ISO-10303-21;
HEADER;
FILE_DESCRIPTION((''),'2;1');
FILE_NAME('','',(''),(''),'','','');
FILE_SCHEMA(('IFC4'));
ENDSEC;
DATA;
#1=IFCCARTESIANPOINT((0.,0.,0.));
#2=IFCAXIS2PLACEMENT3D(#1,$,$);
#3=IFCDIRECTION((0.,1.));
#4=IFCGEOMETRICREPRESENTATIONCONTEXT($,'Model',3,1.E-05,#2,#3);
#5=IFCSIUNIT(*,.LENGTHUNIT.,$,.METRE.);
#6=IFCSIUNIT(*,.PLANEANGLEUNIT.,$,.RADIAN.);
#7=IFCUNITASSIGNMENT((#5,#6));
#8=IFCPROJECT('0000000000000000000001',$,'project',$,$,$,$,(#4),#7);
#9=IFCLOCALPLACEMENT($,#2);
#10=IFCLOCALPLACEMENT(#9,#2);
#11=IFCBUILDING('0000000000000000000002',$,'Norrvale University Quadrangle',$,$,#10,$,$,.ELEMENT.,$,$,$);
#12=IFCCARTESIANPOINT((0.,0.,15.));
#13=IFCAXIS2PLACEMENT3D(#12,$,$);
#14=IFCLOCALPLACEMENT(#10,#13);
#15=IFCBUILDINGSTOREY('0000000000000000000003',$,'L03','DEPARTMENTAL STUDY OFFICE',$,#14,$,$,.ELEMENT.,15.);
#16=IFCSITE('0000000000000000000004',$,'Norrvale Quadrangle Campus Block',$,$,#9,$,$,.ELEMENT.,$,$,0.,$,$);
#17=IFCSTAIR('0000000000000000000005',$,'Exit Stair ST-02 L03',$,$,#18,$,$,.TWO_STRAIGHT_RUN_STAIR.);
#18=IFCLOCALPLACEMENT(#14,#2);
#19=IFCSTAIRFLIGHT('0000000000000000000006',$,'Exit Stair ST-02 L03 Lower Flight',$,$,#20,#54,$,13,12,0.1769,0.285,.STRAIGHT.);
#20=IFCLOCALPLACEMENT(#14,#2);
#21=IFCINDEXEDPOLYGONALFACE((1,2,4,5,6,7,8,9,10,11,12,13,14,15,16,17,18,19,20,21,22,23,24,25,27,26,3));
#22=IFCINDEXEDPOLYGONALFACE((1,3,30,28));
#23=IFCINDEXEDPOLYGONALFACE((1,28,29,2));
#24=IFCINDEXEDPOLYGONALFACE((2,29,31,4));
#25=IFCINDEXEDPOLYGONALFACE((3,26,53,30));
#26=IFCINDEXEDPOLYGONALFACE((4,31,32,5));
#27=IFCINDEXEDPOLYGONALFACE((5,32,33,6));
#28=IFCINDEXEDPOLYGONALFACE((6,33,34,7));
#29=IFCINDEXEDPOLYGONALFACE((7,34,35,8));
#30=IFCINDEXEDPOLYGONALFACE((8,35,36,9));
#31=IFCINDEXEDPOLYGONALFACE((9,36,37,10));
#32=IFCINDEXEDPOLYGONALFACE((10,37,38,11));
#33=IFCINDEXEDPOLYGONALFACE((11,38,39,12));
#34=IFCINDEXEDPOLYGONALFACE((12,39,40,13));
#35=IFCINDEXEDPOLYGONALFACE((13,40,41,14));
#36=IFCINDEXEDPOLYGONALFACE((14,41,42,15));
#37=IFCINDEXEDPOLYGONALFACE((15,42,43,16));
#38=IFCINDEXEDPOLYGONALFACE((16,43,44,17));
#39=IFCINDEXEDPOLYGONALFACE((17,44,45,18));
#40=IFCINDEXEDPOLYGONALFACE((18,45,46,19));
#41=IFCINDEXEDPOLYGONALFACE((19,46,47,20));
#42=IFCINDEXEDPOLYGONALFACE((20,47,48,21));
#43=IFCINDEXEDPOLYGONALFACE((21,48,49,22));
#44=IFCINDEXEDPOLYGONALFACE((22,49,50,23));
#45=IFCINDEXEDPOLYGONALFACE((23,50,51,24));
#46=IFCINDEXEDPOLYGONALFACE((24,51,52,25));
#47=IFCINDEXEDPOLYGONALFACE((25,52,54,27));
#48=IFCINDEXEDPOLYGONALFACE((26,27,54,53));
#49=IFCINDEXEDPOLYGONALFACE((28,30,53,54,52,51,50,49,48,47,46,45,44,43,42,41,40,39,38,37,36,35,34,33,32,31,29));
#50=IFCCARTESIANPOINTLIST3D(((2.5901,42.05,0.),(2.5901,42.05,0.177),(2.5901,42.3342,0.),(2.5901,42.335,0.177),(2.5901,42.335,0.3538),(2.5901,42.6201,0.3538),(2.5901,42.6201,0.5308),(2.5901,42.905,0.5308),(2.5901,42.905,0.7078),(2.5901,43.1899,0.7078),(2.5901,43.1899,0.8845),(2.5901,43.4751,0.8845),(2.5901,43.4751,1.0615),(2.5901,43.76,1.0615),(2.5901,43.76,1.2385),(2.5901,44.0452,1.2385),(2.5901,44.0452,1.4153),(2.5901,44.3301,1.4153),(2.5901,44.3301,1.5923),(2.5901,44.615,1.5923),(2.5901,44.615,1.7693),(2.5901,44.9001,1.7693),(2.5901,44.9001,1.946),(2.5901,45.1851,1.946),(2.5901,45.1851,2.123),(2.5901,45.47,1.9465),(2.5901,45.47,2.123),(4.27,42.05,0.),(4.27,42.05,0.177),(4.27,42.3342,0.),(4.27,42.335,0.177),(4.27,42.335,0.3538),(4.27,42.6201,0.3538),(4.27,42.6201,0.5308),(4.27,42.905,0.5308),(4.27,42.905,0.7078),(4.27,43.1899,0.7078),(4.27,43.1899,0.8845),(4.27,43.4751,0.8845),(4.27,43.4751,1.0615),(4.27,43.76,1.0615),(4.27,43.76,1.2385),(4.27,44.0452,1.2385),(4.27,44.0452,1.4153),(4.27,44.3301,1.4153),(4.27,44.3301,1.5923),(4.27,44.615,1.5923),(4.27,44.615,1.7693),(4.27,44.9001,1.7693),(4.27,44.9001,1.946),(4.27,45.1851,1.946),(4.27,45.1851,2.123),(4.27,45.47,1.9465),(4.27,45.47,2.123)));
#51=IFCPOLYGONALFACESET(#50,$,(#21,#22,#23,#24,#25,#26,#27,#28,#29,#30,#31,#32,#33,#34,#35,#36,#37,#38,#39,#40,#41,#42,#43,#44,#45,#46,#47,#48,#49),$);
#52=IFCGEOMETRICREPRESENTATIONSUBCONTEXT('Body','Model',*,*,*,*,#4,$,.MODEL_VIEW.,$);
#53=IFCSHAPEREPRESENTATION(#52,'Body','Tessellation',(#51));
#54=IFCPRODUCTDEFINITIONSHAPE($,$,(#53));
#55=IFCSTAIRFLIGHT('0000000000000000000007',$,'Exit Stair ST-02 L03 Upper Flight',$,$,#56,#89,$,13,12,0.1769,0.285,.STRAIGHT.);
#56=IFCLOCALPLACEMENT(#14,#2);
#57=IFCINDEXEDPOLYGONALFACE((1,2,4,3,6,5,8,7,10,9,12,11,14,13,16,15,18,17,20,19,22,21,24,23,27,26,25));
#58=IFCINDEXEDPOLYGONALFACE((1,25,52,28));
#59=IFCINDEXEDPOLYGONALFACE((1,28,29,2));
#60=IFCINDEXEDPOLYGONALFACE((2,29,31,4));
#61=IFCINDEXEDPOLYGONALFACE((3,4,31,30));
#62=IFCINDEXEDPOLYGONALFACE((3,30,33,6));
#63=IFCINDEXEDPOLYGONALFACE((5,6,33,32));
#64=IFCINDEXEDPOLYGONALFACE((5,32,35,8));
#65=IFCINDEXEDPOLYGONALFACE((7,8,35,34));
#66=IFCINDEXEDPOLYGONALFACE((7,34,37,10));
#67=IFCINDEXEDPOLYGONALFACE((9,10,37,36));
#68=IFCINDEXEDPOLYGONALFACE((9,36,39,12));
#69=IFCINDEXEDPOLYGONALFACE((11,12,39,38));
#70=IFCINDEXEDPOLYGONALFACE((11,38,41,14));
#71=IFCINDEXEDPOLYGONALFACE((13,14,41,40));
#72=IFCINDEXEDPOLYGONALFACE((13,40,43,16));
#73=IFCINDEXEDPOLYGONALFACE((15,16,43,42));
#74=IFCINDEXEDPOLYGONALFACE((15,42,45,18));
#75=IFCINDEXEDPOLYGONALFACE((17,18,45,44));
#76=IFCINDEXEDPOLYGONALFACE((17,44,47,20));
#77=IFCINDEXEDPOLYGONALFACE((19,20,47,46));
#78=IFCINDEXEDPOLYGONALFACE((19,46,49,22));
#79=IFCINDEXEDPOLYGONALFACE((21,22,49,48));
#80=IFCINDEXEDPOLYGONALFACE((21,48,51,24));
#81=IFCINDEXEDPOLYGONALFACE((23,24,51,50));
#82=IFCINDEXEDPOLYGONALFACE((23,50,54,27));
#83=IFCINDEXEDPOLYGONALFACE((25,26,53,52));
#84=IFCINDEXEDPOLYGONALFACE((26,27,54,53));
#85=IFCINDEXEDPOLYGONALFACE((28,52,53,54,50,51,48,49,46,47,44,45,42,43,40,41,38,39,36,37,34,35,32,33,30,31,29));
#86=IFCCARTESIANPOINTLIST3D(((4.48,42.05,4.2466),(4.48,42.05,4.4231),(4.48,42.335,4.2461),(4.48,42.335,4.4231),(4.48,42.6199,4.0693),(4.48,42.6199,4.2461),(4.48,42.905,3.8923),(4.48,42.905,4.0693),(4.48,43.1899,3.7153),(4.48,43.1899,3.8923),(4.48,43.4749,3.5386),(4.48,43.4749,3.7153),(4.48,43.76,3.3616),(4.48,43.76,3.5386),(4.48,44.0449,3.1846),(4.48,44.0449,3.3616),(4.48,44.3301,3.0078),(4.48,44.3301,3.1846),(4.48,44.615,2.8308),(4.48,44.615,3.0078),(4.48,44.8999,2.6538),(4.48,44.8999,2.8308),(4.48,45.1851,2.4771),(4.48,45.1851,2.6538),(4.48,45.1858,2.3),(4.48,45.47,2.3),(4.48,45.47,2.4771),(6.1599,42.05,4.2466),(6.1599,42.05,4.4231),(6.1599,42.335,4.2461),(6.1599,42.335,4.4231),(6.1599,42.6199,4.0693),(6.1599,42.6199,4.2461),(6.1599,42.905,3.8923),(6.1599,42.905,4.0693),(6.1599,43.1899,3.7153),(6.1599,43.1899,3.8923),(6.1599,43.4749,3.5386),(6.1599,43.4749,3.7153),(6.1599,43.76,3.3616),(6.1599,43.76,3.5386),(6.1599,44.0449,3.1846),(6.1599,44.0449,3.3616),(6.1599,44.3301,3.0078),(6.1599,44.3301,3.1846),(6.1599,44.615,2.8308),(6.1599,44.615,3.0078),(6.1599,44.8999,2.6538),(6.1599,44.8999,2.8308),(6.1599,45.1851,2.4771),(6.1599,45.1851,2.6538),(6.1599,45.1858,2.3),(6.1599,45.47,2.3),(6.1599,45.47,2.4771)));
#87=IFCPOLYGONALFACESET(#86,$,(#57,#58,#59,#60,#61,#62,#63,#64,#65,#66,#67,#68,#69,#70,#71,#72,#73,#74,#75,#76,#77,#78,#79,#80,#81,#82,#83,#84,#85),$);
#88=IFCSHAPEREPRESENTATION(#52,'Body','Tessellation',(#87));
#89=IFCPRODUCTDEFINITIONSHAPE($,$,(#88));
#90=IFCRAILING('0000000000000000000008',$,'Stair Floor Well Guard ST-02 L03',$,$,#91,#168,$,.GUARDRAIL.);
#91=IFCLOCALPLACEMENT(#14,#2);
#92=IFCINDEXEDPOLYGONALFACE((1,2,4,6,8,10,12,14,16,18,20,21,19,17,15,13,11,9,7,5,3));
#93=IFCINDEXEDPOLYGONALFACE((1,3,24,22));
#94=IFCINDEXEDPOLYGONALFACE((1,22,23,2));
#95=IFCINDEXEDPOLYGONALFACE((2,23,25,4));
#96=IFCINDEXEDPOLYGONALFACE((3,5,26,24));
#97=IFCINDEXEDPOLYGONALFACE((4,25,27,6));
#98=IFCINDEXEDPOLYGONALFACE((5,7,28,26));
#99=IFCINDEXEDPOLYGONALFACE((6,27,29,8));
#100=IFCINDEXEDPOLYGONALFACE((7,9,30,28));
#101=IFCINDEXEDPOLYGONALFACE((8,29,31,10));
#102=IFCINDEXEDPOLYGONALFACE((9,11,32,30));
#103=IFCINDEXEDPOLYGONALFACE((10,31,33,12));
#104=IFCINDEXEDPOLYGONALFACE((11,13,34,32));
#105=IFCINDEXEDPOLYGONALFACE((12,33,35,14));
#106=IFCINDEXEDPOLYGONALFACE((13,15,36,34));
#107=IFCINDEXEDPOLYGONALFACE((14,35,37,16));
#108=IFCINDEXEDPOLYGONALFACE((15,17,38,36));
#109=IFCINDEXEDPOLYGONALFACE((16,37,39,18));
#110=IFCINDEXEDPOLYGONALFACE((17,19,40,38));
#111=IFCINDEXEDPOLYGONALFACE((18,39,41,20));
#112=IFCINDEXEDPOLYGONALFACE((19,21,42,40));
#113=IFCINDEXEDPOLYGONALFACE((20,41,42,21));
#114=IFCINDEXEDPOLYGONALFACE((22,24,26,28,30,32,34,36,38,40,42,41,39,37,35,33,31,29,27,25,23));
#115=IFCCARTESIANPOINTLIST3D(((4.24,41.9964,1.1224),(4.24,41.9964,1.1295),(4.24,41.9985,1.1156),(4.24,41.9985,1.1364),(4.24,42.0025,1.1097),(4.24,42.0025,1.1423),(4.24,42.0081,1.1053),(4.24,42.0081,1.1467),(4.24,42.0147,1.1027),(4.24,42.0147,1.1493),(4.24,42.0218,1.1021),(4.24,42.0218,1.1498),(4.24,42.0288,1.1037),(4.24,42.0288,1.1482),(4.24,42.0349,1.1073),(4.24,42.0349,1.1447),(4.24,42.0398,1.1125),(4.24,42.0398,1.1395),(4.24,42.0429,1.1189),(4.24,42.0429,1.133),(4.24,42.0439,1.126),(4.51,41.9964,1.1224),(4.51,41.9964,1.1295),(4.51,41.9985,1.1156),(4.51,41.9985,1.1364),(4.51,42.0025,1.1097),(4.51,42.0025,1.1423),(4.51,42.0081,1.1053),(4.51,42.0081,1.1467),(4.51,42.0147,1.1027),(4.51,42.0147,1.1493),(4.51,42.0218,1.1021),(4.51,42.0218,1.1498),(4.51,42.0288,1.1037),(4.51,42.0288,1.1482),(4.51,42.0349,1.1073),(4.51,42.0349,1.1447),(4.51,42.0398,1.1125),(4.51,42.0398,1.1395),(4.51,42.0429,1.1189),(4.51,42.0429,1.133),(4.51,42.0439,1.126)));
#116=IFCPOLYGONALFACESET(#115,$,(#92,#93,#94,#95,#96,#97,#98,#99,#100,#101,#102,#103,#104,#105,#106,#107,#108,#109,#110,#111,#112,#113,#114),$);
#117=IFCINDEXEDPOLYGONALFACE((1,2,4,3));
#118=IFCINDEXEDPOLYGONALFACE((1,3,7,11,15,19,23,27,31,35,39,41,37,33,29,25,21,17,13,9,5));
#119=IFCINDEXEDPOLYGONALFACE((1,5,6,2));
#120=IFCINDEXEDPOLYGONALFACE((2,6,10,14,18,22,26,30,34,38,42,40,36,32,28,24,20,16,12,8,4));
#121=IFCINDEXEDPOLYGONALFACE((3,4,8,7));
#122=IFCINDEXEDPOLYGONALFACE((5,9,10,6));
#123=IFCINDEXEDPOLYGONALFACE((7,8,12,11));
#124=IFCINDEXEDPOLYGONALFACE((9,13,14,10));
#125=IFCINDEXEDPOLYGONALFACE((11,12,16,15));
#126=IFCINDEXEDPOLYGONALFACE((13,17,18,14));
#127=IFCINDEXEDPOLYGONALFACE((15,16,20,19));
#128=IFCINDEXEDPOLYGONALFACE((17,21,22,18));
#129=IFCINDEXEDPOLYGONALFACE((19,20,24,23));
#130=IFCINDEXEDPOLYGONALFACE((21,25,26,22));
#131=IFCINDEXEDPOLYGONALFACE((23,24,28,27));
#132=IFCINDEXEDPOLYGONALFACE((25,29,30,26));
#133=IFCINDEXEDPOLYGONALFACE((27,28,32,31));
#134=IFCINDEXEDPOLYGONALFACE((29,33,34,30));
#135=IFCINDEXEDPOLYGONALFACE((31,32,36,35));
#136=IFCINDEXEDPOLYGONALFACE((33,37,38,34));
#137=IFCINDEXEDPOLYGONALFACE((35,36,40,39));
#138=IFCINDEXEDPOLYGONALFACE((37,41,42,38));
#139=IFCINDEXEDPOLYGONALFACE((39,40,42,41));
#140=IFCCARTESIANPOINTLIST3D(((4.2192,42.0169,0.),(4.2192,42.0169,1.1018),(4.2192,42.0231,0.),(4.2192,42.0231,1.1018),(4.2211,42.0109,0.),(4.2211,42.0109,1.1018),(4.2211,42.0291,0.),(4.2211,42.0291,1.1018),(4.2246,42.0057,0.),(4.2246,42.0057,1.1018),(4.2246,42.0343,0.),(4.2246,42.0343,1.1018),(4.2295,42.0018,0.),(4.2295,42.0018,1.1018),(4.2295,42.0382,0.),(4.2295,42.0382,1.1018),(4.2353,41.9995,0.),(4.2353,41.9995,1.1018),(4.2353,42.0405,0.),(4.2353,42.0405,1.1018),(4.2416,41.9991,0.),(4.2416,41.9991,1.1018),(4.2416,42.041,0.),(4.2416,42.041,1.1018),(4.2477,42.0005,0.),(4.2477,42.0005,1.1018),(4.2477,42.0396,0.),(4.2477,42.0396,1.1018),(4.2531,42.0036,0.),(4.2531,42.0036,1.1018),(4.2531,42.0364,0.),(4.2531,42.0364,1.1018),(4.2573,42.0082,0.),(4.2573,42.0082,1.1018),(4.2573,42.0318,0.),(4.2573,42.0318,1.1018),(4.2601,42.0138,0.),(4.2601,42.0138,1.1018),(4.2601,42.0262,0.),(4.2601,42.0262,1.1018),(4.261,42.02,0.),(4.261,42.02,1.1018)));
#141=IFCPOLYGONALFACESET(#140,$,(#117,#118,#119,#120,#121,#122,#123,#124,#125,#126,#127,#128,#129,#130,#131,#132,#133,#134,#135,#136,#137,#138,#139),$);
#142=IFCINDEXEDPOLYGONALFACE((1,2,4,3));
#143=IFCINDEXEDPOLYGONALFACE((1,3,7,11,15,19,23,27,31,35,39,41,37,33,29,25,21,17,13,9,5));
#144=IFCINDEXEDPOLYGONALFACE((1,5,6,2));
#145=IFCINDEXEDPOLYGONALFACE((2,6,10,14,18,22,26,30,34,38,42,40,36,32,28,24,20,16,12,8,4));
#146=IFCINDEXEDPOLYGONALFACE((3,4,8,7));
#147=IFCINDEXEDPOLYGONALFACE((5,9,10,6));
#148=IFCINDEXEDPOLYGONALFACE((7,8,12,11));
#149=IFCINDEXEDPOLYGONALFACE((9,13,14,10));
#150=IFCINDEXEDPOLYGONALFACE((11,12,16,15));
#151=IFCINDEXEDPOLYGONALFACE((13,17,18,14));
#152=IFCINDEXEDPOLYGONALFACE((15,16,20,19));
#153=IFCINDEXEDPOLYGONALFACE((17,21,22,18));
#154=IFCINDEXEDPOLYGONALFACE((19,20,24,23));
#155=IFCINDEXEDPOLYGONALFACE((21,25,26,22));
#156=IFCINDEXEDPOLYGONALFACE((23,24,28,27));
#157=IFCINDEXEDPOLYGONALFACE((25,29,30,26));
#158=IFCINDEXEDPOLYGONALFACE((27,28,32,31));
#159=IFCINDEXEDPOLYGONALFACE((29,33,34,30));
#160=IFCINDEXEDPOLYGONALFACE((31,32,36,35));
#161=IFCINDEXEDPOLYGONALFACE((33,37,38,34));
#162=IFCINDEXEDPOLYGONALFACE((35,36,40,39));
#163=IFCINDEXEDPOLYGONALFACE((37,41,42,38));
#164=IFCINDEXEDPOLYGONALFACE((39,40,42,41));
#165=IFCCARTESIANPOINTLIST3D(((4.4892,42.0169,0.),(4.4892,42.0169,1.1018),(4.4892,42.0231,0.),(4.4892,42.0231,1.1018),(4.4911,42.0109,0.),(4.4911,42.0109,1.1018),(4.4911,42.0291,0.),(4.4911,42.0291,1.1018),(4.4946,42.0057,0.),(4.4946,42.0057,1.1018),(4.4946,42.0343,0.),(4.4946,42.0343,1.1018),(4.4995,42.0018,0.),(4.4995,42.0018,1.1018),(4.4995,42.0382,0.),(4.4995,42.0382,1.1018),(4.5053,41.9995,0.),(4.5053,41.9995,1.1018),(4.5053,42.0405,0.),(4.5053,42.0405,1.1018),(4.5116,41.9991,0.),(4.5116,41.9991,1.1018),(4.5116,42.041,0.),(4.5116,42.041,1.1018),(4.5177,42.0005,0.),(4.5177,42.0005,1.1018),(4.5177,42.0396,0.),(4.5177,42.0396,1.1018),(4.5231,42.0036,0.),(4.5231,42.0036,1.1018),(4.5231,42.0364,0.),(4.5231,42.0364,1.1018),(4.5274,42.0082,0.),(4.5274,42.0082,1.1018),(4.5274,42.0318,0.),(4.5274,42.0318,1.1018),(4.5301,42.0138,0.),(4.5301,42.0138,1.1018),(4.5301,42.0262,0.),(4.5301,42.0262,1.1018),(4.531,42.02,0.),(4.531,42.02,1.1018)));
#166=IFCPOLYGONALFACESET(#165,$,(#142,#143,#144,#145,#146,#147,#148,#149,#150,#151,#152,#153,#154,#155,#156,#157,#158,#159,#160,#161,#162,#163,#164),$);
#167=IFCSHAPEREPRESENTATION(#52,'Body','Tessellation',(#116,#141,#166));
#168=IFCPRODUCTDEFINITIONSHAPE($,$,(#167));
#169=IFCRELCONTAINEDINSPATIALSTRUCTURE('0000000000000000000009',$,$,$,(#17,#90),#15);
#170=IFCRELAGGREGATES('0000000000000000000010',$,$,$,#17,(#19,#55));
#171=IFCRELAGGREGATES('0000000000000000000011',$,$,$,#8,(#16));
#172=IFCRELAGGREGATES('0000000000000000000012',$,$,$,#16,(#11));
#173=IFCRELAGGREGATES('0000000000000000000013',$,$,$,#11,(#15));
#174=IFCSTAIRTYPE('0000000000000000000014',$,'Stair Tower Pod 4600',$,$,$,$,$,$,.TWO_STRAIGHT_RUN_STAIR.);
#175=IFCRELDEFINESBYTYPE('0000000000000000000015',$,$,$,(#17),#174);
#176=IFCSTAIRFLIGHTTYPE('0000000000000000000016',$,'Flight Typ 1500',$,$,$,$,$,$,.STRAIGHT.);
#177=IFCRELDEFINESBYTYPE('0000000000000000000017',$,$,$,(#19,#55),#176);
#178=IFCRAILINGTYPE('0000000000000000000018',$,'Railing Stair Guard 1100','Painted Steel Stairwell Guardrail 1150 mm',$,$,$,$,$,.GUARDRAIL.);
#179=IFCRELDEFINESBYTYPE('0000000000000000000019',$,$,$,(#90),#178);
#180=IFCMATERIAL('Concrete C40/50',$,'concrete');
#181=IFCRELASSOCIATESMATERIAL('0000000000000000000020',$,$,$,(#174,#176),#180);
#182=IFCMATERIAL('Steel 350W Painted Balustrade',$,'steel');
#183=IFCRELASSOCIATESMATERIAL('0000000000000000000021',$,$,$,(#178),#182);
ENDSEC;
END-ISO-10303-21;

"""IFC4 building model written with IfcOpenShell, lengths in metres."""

from ifc_helpers import new_model, si_unit, direction, frame, origin, origin_2d, place, context, subcontext, project, spatial, polyline, circle, outline, extrude, material, type_object, element, aggregate, save


model = new_model("IFC4")

# Units and contexts
model_context = context("Model", 3, precision=1e-05, world=origin(), true_north=direction((0.0, 1.0)))
body_context = subcontext(model_context, "Body", "Model", "MODEL_VIEW")
ifc_project = project(units=[si_unit("LENGTHUNIT", "METRE"), si_unit("PLANEANGLEUNIT", "RADIAN")], contexts=[model_context])

# Site, building, storey
site_placement = place(None, origin())
site = spatial("IfcSite", under=ifc_project, at=site_placement, Name="Norrvale Quadrangle Campus Block", CompositionType="ELEMENT", RefElevation=0.0)
building_placement = place(site_placement, origin())
building = spatial("IfcBuilding", under=site, at=building_placement, Name="Norrvale University Quadrangle", CompositionType="ELEMENT")
storey_placement = place(building_placement, frame((0.0, 0.0, 15.0)))
storey = spatial("IfcBuildingStorey", under=building, at=storey_placement, Name="L03", Description="DEPARTMENTAL STUDY OFFICE", CompositionType="ELEMENT", Elevation=15.0)

# Stair, stair flights
ifc_material_1 = material(Name="Concrete C40/50", Category="concrete")
stair_type = type_object("IfcStairType", Name="Stair Tower Pod 4600", PredefinedType="TWO_STRAIGHT_RUN_STAIR", material=ifc_material_1)
stair_placement = place(storey_placement, origin())
stair = element("IfcStair", 1, at=stair_placement, inside=storey, type_object=stair_type, Name="Exit Stair ST-02 L03", PredefinedType="TWO_STRAIGHT_RUN_STAIR")
stair_flight_type = type_object("IfcStairFlightType", Name="Flight Typ 1500", PredefinedType="STRAIGHT", material=ifc_material_1)
stair_flight_1_placement = place(storey_placement, frame((3.4299, 42.05, 0.0), z_axis=(0.0, 0.0, 1.0), x_axis=(0.0, 1.0, 0.0)))
stair_flight_1 = element("IfcStairFlight", 2, at=stair_flight_1_placement, type_object=stair_flight_type, Name="Exit Stair ST-02 L03 Lower Flight", NumberOfRisers=13, NumberOfTreads=12, PredefinedType="STRAIGHT", RiserHeight=0.1769, TreadLength=0.285, context=body_context, shape_type="SweptSolid", body=[
    extrude(outline(polyline([(0.0, 0.0), (0.0, 0.177), (0.2849, 0.177), (0.2849, 0.3538), (0.5701, 0.3538), (0.5701, 0.5308), (0.855, 0.5308), (0.855, 0.7078), (1.1399, 0.7078), (1.1399, 0.8845), (1.425, 0.8845), (1.425, 1.0615), (1.71, 1.0615), (1.71, 1.2385), (1.9951, 1.2385), (1.9951, 1.4153), (2.28, 1.4153), (2.28, 1.5923), (2.5649, 1.5923), (2.5649, 1.7693), (2.8501, 1.7693), (2.8501, 1.946), (3.135, 1.946), (3.135, 2.123), (3.4199, 2.123), (3.4199, 2.3), (3.4199, 1.9465), (0.2842, 0.0), (0.0, 0.0)])), frame((0.0, 0.8398, 0.0), z_axis=(0.0, -1.0, 0.0), x_axis=(1.0, 0.0, 0.0)), (0.0, 0.0, 1.0), 1.6799),
])
stair_flight_2_placement = place(storey_placement, frame((5.3201, 45.47, 2.3), z_axis=(0.0, 0.0, 1.0), x_axis=(0.0, -1.0, 0.0)))
stair_flight_2 = element("IfcStairFlight", 3, at=stair_flight_2_placement, type_object=stair_flight_type, Name="Exit Stair ST-02 L03 Upper Flight", NumberOfRisers=13, NumberOfTreads=12, PredefinedType="STRAIGHT", RiserHeight=0.1769, TreadLength=0.285, context=body_context, shape_type="SweptSolid", body=[
    extrude(outline(polyline([(0.0, 0.0), (0.0, 0.177), (0.2849, 0.177), (0.2849, 0.3538), (0.5701, 0.3538), (0.5701, 0.5308), (0.855, 0.5308), (0.855, 0.7078), (1.1399, 0.7078), (1.1399, 0.8845), (1.425, 0.8845), (1.425, 1.0615), (1.71, 1.0615), (1.71, 1.2385), (1.9951, 1.2385), (1.9951, 1.4153), (2.28, 1.4153), (2.28, 1.5923), (2.5649, 1.5923), (2.5649, 1.7693), (2.8501, 1.7693), (2.8501, 1.946), (3.135, 1.946), (3.135, 2.123), (3.4199, 2.123), (3.4199, 2.3), (3.4199, 1.9465), (0.2842, 0.0), (0.0, 0.0)])), frame((0.0, 0.8398, 0.0), z_axis=(0.0, -1.0, 0.0), x_axis=(1.0, 0.0, 0.0)), (0.0, 0.0, 1.0), 1.6799),
])
aggregate(stair, [stair_flight_1, stair_flight_2])

# Railing
ifc_material_2 = material(Name="Steel 350W Painted Balustrade", Category="steel")
railing_type_1 = type_object("IfcRailingType", Name="Railing Stair Guard 1100", Description="Painted Steel Stairwell Guardrail 1150 mm", PredefinedType="GUARDRAIL", material=ifc_material_2)
for number, where, name in (
    (4, (4.24, 42.02, 0.0), "Stair Floor Well Guard ST-02 L03"),
):
    element("IfcRailing", number, at=place(storey_placement, frame(where)), inside=storey, type_object=railing_type_1, Name=name, PredefinedType="GUARDRAIL", context=body_context, shape_type="SweptSolid", body=[
        extrude(circle(Radius=0.0239, at=origin_2d()), frame((0.0, 0.0, 1.126), z_axis=(1.0, 0.0, 0.0), x_axis=(0.0, 1.0, 0.0)), (0.0, 0.0, 1.0), 0.27),
        extrude(circle(Radius=0.021, at=origin_2d()), origin(), (0.0, 0.0, 1.0), 1.1018),
        extrude(circle(Radius=0.021, at=origin_2d()), frame((0.27, 0.0, 0.0)), (0.0, 0.0, 1.0), 1.1018),
    ])

save(model, "model.ifc")
